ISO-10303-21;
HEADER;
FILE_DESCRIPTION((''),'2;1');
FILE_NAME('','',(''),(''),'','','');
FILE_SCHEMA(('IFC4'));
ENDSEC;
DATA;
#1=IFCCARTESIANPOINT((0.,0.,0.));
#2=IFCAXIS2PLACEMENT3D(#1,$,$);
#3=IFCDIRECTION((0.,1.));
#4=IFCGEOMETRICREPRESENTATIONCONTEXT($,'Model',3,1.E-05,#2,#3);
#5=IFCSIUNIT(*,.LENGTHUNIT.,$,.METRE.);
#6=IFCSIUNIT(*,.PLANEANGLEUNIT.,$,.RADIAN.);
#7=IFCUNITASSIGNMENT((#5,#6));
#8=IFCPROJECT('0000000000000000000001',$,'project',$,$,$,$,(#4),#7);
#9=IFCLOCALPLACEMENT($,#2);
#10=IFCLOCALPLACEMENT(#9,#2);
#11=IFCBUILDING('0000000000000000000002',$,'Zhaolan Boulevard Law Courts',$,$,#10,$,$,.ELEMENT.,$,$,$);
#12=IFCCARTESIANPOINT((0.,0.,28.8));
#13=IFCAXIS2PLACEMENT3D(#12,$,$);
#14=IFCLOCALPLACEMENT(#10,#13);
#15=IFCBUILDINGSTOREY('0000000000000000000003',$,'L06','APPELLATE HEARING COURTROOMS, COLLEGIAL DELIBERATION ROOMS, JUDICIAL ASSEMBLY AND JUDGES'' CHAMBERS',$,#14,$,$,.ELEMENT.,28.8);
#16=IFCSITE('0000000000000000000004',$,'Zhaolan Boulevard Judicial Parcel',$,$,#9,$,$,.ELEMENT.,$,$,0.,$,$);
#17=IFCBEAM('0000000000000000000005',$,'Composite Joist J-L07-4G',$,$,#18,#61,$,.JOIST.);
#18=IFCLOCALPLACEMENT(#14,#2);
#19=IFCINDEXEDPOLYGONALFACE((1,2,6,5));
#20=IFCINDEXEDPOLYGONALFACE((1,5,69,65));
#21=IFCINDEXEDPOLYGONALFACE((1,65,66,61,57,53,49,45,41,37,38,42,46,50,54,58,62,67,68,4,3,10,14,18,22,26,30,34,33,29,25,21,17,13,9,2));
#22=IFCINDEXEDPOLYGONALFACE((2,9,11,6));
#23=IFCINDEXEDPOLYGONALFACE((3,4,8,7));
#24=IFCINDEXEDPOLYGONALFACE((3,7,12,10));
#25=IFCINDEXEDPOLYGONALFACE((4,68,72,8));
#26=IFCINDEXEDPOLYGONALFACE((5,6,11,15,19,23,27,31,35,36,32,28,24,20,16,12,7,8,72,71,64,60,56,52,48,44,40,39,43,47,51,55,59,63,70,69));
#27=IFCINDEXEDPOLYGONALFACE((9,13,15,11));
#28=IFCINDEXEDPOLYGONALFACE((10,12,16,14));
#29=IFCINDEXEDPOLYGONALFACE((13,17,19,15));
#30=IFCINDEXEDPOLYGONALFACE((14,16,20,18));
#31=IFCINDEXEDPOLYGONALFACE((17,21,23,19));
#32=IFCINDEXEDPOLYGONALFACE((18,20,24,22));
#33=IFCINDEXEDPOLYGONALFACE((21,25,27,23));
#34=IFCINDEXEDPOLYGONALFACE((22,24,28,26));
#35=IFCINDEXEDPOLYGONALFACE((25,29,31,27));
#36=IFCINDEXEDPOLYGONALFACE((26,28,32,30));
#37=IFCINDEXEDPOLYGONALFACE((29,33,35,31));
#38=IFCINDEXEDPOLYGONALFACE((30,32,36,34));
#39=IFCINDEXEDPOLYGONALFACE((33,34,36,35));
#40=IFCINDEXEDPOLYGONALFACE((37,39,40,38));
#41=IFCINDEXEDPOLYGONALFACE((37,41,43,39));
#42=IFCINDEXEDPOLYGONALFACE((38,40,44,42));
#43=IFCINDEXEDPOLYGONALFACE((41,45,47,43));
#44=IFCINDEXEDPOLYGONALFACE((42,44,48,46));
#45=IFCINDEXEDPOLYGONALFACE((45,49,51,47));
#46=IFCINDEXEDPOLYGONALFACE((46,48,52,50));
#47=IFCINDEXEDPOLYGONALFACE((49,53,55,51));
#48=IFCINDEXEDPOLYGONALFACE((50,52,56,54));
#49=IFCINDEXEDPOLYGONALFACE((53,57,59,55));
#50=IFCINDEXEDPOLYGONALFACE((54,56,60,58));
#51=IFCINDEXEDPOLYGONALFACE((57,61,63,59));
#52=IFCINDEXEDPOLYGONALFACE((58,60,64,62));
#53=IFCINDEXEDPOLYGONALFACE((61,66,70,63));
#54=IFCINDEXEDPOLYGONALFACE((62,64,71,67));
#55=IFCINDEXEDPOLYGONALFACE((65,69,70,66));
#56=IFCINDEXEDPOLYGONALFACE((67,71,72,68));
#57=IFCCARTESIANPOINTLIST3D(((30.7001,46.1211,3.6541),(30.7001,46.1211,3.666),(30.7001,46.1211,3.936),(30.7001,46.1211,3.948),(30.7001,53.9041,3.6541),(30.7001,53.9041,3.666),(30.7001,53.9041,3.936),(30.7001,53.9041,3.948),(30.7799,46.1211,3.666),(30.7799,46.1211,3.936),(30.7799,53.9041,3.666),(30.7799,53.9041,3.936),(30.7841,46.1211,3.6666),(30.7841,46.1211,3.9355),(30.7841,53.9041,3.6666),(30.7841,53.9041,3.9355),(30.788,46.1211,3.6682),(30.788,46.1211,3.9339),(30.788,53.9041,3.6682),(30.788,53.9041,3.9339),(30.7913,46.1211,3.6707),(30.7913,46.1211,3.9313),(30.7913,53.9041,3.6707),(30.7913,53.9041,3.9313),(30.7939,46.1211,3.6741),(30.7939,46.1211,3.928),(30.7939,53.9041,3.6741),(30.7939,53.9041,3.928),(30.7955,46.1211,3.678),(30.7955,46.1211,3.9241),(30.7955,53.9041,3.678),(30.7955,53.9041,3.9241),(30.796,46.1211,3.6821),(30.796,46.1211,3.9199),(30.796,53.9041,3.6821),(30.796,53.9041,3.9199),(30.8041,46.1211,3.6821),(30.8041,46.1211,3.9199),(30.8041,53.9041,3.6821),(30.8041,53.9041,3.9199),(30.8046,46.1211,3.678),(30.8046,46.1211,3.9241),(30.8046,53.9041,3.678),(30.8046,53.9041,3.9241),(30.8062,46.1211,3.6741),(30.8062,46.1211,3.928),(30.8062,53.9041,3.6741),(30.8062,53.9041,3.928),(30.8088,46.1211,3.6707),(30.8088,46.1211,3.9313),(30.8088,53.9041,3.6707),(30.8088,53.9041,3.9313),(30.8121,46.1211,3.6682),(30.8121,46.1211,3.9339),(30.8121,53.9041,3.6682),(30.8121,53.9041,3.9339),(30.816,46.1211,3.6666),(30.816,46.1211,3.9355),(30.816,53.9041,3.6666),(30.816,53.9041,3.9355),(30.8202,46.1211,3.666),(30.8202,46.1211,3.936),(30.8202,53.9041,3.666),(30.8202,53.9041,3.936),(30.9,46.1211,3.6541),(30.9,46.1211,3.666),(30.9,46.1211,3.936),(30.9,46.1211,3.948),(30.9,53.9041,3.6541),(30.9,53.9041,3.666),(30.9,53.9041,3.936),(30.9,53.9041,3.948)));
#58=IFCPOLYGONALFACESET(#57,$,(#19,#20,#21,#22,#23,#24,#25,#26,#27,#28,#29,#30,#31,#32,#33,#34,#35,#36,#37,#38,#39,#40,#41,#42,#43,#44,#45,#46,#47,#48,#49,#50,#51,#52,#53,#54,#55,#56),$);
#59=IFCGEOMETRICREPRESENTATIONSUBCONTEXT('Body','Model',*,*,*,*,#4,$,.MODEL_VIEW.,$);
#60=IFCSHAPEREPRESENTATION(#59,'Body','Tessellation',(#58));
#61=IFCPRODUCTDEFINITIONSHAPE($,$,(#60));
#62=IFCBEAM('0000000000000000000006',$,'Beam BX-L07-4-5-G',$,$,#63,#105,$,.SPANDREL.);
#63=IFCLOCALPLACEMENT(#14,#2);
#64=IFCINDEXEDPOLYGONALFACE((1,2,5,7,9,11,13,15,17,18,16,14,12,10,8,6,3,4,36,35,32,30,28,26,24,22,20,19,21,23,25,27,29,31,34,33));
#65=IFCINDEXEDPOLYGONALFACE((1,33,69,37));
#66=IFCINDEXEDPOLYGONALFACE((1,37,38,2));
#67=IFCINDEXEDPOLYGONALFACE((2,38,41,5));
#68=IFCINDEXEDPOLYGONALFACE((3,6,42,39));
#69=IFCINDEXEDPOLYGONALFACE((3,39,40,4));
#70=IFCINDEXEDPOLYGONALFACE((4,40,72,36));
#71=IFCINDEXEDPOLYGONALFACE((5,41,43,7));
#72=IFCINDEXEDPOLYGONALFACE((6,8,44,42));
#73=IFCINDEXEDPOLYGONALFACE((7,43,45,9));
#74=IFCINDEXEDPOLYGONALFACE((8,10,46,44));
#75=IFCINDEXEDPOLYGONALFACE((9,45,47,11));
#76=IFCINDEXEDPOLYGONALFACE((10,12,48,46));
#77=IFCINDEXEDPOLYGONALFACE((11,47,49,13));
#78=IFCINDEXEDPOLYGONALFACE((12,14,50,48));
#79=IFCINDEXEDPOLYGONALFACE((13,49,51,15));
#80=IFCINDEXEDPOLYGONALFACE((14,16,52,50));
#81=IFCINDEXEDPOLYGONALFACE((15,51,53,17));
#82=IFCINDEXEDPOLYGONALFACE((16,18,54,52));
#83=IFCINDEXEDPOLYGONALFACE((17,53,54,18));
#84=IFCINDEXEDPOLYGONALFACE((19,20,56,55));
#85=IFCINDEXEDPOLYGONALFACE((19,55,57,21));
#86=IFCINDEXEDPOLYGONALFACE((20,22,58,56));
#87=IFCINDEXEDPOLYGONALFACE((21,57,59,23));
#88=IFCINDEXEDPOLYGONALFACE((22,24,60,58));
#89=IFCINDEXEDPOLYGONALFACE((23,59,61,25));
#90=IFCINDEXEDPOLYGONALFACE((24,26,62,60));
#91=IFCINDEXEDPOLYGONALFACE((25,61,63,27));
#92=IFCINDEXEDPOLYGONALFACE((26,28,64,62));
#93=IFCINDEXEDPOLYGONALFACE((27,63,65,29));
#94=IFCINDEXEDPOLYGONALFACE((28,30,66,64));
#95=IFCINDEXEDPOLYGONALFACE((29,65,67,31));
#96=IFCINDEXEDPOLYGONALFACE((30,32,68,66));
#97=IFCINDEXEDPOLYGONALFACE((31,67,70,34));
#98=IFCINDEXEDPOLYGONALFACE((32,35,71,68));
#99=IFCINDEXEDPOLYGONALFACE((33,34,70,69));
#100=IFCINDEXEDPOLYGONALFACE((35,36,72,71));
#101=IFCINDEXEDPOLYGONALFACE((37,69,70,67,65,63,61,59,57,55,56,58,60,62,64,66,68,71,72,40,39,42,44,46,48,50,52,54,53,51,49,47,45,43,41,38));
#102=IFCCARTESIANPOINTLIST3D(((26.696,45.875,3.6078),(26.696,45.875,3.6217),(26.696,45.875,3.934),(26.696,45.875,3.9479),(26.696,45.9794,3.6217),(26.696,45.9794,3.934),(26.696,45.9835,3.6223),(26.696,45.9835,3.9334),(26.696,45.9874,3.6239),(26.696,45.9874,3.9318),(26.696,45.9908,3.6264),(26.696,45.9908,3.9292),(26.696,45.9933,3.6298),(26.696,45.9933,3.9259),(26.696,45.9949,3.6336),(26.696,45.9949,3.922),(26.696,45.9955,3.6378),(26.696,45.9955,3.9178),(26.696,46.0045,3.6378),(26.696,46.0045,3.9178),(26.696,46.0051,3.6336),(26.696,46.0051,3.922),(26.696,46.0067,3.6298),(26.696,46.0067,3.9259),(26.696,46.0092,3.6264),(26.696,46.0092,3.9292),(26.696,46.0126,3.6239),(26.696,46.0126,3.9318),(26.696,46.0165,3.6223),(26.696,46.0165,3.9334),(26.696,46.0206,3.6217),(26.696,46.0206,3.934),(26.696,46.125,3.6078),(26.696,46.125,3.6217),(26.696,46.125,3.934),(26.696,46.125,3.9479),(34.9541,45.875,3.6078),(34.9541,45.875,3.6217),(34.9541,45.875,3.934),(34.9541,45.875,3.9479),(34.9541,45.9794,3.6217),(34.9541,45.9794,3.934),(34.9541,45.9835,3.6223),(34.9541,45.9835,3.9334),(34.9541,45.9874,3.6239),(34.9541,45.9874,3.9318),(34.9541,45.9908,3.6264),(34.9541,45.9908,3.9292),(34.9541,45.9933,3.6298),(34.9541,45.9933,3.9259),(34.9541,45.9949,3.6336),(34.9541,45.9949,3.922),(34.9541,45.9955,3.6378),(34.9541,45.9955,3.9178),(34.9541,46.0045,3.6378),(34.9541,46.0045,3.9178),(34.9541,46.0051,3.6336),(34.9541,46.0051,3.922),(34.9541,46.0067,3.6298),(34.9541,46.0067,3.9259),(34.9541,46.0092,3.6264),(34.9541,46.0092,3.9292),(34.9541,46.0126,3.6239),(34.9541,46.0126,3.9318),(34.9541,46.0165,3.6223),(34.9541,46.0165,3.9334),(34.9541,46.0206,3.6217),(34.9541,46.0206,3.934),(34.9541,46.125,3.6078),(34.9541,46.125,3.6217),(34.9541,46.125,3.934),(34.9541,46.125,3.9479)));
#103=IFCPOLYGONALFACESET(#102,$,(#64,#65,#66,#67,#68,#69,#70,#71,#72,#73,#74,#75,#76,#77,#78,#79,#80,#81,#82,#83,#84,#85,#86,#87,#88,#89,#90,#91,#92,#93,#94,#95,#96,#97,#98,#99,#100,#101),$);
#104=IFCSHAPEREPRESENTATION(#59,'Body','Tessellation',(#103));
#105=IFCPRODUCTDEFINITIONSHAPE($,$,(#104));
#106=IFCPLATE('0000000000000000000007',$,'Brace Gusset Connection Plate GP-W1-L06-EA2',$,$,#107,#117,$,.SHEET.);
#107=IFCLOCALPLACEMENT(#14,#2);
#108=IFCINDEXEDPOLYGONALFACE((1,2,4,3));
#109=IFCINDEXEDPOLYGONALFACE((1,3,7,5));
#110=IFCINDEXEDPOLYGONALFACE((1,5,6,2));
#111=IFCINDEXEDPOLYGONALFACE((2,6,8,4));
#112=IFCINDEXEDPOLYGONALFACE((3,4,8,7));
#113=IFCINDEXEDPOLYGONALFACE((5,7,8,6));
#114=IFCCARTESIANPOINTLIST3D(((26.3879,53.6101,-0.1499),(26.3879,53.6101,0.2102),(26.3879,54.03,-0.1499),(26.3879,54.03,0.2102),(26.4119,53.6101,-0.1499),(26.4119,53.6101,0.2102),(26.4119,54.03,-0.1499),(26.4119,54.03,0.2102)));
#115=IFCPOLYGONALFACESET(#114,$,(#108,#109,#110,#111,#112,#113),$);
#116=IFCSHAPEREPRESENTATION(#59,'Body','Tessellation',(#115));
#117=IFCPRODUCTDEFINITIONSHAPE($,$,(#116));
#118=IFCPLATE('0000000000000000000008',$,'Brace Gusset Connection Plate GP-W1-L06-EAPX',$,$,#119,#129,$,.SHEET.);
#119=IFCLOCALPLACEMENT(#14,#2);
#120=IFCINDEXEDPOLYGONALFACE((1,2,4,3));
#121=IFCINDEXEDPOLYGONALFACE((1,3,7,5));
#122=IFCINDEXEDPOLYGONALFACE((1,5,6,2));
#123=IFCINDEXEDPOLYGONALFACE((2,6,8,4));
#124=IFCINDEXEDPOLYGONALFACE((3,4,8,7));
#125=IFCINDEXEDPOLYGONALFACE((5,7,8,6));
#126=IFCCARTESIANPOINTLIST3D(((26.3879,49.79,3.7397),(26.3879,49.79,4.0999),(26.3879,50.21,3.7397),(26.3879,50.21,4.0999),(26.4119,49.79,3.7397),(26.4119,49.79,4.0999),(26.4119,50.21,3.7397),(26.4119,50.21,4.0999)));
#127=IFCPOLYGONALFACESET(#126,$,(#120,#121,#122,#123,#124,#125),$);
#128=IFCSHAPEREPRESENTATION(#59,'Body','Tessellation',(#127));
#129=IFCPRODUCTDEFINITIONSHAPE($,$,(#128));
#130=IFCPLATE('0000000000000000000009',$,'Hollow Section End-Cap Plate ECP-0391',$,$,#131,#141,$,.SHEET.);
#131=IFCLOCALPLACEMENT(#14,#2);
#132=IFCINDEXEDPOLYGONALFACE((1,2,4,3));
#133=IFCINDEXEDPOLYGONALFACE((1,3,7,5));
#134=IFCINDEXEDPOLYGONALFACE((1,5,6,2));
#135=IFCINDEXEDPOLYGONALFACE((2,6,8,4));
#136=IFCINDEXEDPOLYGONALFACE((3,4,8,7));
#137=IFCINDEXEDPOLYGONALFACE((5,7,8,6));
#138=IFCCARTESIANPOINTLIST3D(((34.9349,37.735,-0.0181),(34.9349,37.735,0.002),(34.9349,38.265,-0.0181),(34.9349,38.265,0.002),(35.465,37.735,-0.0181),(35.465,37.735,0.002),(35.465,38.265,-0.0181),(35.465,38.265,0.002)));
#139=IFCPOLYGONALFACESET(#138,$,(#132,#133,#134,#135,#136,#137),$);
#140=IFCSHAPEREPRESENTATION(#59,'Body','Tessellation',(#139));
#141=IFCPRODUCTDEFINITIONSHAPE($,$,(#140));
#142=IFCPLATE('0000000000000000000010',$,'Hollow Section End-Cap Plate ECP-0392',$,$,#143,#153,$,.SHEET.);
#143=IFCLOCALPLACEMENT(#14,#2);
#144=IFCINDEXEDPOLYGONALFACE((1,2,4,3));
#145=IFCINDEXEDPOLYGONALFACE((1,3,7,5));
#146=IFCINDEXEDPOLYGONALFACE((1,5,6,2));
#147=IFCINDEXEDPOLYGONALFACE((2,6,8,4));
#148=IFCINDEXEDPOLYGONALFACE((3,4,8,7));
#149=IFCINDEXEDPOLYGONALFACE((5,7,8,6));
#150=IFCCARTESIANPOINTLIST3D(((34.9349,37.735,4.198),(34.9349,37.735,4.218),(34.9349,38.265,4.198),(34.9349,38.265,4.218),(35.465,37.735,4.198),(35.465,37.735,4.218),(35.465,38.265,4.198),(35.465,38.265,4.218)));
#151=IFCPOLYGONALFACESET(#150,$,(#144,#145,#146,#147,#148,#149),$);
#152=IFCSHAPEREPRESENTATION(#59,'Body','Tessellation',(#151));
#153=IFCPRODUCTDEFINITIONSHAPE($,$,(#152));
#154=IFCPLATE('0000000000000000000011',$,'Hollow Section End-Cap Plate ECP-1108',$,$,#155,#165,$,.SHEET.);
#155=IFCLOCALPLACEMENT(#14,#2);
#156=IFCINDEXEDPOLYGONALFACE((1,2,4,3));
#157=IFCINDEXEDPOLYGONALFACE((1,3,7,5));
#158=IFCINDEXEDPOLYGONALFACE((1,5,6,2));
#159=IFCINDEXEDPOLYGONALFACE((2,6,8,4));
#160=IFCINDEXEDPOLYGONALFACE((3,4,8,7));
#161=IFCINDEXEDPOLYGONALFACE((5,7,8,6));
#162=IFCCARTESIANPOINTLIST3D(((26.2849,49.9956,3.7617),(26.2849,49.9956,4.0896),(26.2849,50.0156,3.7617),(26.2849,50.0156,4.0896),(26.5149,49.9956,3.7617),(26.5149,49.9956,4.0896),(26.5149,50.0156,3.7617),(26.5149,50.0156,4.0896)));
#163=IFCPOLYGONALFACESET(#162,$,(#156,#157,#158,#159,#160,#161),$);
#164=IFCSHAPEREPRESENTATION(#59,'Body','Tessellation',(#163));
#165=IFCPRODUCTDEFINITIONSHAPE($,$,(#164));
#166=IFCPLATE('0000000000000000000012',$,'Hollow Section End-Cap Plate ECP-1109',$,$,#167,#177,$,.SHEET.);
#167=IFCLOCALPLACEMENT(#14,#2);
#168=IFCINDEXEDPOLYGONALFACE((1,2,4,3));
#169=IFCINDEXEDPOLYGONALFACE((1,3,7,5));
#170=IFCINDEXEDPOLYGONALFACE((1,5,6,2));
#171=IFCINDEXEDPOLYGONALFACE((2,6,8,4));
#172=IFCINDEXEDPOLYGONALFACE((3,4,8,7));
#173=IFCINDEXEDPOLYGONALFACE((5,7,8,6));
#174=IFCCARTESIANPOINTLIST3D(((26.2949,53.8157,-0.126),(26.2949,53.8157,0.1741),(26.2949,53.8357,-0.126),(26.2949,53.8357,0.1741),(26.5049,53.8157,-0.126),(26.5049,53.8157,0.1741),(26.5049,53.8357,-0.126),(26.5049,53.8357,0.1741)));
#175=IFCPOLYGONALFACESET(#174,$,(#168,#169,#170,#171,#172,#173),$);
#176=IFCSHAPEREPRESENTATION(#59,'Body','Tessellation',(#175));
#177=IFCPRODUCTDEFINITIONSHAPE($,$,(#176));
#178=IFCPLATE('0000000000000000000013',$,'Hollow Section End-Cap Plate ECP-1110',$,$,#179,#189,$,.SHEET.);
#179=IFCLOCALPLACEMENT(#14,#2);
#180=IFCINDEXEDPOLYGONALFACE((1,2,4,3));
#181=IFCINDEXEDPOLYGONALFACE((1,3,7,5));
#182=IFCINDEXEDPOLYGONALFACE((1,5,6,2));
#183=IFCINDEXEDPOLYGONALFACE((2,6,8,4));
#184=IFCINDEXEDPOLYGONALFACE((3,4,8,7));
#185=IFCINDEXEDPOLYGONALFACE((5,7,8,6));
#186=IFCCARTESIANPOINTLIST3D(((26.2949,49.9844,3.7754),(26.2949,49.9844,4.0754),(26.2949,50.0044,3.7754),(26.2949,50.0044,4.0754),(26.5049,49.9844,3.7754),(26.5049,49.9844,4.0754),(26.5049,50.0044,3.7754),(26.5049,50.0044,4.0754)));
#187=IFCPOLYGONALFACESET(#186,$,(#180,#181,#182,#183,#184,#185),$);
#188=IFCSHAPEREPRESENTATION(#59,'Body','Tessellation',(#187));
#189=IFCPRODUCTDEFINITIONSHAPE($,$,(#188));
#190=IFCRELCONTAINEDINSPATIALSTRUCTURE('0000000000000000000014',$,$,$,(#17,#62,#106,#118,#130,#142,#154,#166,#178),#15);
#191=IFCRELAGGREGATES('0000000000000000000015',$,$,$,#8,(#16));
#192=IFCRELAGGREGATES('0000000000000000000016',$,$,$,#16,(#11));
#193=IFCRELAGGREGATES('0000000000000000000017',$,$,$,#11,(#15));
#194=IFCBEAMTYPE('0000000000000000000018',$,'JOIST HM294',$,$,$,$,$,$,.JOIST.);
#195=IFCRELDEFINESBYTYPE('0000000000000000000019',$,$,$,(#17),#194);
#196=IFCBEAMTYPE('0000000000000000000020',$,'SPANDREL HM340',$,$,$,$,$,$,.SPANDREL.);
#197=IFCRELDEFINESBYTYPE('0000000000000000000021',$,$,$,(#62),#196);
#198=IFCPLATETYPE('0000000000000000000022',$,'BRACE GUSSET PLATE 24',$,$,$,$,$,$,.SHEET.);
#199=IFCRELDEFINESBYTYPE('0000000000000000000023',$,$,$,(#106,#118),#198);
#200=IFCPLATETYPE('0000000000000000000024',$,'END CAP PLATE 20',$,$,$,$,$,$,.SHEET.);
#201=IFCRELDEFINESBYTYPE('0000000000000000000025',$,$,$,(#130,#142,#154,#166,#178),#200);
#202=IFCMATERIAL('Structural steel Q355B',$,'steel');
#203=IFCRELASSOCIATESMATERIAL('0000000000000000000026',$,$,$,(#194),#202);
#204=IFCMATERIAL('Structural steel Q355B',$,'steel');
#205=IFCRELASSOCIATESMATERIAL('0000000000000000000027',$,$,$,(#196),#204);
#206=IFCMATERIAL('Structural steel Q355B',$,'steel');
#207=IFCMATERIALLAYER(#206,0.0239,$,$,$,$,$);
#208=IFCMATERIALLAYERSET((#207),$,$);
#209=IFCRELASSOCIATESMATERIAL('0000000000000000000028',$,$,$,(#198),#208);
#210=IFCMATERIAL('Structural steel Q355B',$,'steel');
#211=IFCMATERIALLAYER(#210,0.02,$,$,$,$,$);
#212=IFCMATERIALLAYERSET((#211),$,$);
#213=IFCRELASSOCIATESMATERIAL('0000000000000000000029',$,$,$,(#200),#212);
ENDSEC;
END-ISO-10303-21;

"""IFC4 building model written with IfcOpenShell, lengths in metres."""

from ifc_helpers import new_model, si_unit, direction, frame, origin, origin_2d, place, context, subcontext, project, spatial, rectangle, i_section, extrude, material, layer, layer_set, material_profile, profile_set, type_object, element, save


model = new_model("IFC4")

# Units and contexts
model_context = context("Model", 3, precision=1e-05, world=origin(), true_north=direction((0.0, 1.0)))
body_context = subcontext(model_context, "Body", "Model", "MODEL_VIEW")
ifc_project = project(units=[si_unit("LENGTHUNIT", "METRE"), si_unit("PLANEANGLEUNIT", "RADIAN")], contexts=[model_context])

# Site, building, storey
site_placement = place(None, origin())
site = spatial("IfcSite", under=ifc_project, at=site_placement, Name="Zhaolan Boulevard Judicial Parcel", CompositionType="ELEMENT", RefElevation=0.0)
building_placement = place(site_placement, origin())
building = spatial("IfcBuilding", under=site, at=building_placement, Name="Zhaolan Boulevard Law Courts", CompositionType="ELEMENT")
storey_placement = place(building_placement, frame((0.0, 0.0, 28.8)))
storey = spatial("IfcBuildingStorey", under=building, at=storey_placement, Name="L06", Description="APPELLATE HEARING COURTROOMS, COLLEGIAL DELIBERATION ROOMS, JUDICIAL ASSEMBLY AND JUDGES' CHAMBERS", CompositionType="ELEMENT", Elevation=28.8)

# Beams
ifc_material_1 = material(Name="Structural steel Q355B", Category="steel")
ifc_material_profile_1 = material_profile(ifc_material_1, i_section(OverallWidth=0.2, OverallDepth=0.2939, WebThickness=0.0081, FlangeThickness=0.012, FilletRadius=0.0161, at=origin_2d()), Name="HM294x200")
ifc_profile_set_1 = profile_set([ifc_material_profile_1], Name="Structural steel Q355B")
beam_type_1 = type_object("IfcBeamType", Name="JOIST HM294", PredefinedType="JOIST", material=ifc_profile_set_1)
beam_1_placement = place(storey_placement, frame((30.8, 46.1211, 3.801), z_axis=(0.0, 1.0, 0.0), x_axis=(-1.0, 0.0, 0.0)))
element("IfcBeam", 1, at=beam_1_placement, inside=storey, type_object=beam_type_1, Name="Composite Joist J-L07-4G", PredefinedType="JOIST", context=body_context, shape_type="SweptSolid", body=[
    extrude(i_section(OverallWidth=0.2, OverallDepth=0.2939, WebThickness=0.0081, FlangeThickness=0.012, FilletRadius=0.0161, at=origin_2d()), origin(), (0.0, 0.0, 1.0), 7.783),
])
ifc_material_2 = material(Name="Structural steel Q355B", Category="steel")
ifc_material_profile_2 = material_profile(ifc_material_2, i_section(OverallWidth=0.25, OverallDepth=0.3401, WebThickness=0.009, FlangeThickness=0.0139, FilletRadius=0.0161, at=origin_2d()), Name="HM340x250")
ifc_profile_set_2 = profile_set([ifc_material_profile_2], Name="Structural steel Q355B")
beam_type_2 = type_object("IfcBeamType", Name="SPANDREL HM340", PredefinedType="SPANDREL", material=ifc_profile_set_2)
beam_2_placement = place(storey_placement, frame((26.696, 46.0, 3.7778), z_axis=(1.0, 0.0, 0.0), x_axis=(0.0, 1.0, 0.0)))
element("IfcBeam", 2, at=beam_2_placement, inside=storey, type_object=beam_type_2, Name="Beam BX-L07-4-5-G", PredefinedType="SPANDREL", context=body_context, shape_type="SweptSolid", body=[
    extrude(i_section(OverallWidth=0.25, OverallDepth=0.3401, WebThickness=0.009, FlangeThickness=0.0139, FilletRadius=0.0161, at=origin_2d()), origin(), (0.0, 0.0, 1.0), 8.2581),
])

# Plates
ifc_material_3 = material(Name="Structural steel Q355B", Category="steel")
ifc_layer_1 = layer(ifc_material_3, 0.0239)
ifc_layer_set_1 = layer_set([ifc_layer_1])
plate_type_1 = type_object("IfcPlateType", Name="BRACE GUSSET PLATE 24", PredefinedType="SHEET", material=ifc_layer_set_1)
for number, where, z_axis, x_axis, name in (
    (3, (26.3999, 53.8201, -0.1499), (0.0, 0.0, 1.0), (0.0, 1.0, 0.0), "Brace Gusset Connection Plate GP-W1-L06-EA2"),
    (4, (26.3999, 50.0, 3.7397), (0.0, 0.0, 1.0), (0.0, 1.0, 0.0), "Brace Gusset Connection Plate GP-W1-L06-EAPX"),
):
    element("IfcPlate", number, at=place(storey_placement, frame(where, z_axis=z_axis, x_axis=x_axis)), inside=storey, type_object=plate_type_1, Name=name, PredefinedType="SHEET", context=body_context, shape_type="SweptSolid", body=[
        extrude(rectangle(XDim=0.4199, YDim=0.0239, at=origin_2d()), origin(), (0.0, 0.0, 1.0), 0.3601),
    ])
ifc_material_4 = material(Name="Structural steel Q355B", Category="steel")
ifc_layer_2 = layer(ifc_material_4, 0.02)
ifc_layer_set_2 = layer_set([ifc_layer_2])
plate_type_2 = type_object("IfcPlateType", Name="END CAP PLATE 20", PredefinedType="SHEET", material=ifc_layer_set_2)
for number, where, z_axis, x_axis, name in (
    (5, (35.2, 38.0, -0.0181), (0.0, 0.0, 1.0), (1.0, 0.0, 0.0), "Hollow Section End-Cap Plate ECP-0391"),
    (6, (35.2, 38.0, 4.198), (0.0, 0.0, 1.0), (1.0, 0.0, 0.0), "Hollow Section End-Cap Plate ECP-0392"),
):
    element("IfcPlate", number, at=place(storey_placement, frame(where, z_axis=z_axis, x_axis=x_axis)), inside=storey, type_object=plate_type_2, Name=name, PredefinedType="SHEET", context=body_context, shape_type="SweptSolid", body=[
        extrude(rectangle(XDim=0.53, YDim=0.53, at=origin_2d()), origin(), (0.0, 0.0, 1.0), 0.02),
    ])
plate_placement = place(storey_placement, frame((26.3999, 50.0056, 3.7617), z_axis=(0.0, 0.0, 1.0), x_axis=(0.0, 1.0, 0.0)))
element("IfcPlate", 7, at=plate_placement, inside=storey, type_object=plate_type_2, Name="Hollow Section End-Cap Plate ECP-1108", PredefinedType="SHEET", context=body_context, shape_type="SweptSolid", body=[
    extrude(rectangle(XDim=0.02, YDim=0.23, at=origin_2d()), origin(), (0.0, 0.0, 1.0), 0.3279),
])
for number, where, z_axis, x_axis, name in (
    (8, (26.3999, 53.8257, -0.126), (0.0, 0.0, 1.0), (0.0, -1.0, 0.0), "Hollow Section End-Cap Plate ECP-1109"),
    (9, (26.3999, 49.9944, 3.7754), (0.0, 0.0, 1.0), (0.0, -1.0, 0.0), "Hollow Section End-Cap Plate ECP-1110"),
):
    element("IfcPlate", number, at=place(storey_placement, frame(where, z_axis=z_axis, x_axis=x_axis)), inside=storey, type_object=plate_type_2, Name=name, PredefinedType="SHEET", context=body_context, shape_type="SweptSolid", body=[
        extrude(rectangle(XDim=0.02, YDim=0.21, at=origin_2d()), origin(), (0.0, 0.0, 1.0), 0.3),
    ])

save(model, "model.ifc")
